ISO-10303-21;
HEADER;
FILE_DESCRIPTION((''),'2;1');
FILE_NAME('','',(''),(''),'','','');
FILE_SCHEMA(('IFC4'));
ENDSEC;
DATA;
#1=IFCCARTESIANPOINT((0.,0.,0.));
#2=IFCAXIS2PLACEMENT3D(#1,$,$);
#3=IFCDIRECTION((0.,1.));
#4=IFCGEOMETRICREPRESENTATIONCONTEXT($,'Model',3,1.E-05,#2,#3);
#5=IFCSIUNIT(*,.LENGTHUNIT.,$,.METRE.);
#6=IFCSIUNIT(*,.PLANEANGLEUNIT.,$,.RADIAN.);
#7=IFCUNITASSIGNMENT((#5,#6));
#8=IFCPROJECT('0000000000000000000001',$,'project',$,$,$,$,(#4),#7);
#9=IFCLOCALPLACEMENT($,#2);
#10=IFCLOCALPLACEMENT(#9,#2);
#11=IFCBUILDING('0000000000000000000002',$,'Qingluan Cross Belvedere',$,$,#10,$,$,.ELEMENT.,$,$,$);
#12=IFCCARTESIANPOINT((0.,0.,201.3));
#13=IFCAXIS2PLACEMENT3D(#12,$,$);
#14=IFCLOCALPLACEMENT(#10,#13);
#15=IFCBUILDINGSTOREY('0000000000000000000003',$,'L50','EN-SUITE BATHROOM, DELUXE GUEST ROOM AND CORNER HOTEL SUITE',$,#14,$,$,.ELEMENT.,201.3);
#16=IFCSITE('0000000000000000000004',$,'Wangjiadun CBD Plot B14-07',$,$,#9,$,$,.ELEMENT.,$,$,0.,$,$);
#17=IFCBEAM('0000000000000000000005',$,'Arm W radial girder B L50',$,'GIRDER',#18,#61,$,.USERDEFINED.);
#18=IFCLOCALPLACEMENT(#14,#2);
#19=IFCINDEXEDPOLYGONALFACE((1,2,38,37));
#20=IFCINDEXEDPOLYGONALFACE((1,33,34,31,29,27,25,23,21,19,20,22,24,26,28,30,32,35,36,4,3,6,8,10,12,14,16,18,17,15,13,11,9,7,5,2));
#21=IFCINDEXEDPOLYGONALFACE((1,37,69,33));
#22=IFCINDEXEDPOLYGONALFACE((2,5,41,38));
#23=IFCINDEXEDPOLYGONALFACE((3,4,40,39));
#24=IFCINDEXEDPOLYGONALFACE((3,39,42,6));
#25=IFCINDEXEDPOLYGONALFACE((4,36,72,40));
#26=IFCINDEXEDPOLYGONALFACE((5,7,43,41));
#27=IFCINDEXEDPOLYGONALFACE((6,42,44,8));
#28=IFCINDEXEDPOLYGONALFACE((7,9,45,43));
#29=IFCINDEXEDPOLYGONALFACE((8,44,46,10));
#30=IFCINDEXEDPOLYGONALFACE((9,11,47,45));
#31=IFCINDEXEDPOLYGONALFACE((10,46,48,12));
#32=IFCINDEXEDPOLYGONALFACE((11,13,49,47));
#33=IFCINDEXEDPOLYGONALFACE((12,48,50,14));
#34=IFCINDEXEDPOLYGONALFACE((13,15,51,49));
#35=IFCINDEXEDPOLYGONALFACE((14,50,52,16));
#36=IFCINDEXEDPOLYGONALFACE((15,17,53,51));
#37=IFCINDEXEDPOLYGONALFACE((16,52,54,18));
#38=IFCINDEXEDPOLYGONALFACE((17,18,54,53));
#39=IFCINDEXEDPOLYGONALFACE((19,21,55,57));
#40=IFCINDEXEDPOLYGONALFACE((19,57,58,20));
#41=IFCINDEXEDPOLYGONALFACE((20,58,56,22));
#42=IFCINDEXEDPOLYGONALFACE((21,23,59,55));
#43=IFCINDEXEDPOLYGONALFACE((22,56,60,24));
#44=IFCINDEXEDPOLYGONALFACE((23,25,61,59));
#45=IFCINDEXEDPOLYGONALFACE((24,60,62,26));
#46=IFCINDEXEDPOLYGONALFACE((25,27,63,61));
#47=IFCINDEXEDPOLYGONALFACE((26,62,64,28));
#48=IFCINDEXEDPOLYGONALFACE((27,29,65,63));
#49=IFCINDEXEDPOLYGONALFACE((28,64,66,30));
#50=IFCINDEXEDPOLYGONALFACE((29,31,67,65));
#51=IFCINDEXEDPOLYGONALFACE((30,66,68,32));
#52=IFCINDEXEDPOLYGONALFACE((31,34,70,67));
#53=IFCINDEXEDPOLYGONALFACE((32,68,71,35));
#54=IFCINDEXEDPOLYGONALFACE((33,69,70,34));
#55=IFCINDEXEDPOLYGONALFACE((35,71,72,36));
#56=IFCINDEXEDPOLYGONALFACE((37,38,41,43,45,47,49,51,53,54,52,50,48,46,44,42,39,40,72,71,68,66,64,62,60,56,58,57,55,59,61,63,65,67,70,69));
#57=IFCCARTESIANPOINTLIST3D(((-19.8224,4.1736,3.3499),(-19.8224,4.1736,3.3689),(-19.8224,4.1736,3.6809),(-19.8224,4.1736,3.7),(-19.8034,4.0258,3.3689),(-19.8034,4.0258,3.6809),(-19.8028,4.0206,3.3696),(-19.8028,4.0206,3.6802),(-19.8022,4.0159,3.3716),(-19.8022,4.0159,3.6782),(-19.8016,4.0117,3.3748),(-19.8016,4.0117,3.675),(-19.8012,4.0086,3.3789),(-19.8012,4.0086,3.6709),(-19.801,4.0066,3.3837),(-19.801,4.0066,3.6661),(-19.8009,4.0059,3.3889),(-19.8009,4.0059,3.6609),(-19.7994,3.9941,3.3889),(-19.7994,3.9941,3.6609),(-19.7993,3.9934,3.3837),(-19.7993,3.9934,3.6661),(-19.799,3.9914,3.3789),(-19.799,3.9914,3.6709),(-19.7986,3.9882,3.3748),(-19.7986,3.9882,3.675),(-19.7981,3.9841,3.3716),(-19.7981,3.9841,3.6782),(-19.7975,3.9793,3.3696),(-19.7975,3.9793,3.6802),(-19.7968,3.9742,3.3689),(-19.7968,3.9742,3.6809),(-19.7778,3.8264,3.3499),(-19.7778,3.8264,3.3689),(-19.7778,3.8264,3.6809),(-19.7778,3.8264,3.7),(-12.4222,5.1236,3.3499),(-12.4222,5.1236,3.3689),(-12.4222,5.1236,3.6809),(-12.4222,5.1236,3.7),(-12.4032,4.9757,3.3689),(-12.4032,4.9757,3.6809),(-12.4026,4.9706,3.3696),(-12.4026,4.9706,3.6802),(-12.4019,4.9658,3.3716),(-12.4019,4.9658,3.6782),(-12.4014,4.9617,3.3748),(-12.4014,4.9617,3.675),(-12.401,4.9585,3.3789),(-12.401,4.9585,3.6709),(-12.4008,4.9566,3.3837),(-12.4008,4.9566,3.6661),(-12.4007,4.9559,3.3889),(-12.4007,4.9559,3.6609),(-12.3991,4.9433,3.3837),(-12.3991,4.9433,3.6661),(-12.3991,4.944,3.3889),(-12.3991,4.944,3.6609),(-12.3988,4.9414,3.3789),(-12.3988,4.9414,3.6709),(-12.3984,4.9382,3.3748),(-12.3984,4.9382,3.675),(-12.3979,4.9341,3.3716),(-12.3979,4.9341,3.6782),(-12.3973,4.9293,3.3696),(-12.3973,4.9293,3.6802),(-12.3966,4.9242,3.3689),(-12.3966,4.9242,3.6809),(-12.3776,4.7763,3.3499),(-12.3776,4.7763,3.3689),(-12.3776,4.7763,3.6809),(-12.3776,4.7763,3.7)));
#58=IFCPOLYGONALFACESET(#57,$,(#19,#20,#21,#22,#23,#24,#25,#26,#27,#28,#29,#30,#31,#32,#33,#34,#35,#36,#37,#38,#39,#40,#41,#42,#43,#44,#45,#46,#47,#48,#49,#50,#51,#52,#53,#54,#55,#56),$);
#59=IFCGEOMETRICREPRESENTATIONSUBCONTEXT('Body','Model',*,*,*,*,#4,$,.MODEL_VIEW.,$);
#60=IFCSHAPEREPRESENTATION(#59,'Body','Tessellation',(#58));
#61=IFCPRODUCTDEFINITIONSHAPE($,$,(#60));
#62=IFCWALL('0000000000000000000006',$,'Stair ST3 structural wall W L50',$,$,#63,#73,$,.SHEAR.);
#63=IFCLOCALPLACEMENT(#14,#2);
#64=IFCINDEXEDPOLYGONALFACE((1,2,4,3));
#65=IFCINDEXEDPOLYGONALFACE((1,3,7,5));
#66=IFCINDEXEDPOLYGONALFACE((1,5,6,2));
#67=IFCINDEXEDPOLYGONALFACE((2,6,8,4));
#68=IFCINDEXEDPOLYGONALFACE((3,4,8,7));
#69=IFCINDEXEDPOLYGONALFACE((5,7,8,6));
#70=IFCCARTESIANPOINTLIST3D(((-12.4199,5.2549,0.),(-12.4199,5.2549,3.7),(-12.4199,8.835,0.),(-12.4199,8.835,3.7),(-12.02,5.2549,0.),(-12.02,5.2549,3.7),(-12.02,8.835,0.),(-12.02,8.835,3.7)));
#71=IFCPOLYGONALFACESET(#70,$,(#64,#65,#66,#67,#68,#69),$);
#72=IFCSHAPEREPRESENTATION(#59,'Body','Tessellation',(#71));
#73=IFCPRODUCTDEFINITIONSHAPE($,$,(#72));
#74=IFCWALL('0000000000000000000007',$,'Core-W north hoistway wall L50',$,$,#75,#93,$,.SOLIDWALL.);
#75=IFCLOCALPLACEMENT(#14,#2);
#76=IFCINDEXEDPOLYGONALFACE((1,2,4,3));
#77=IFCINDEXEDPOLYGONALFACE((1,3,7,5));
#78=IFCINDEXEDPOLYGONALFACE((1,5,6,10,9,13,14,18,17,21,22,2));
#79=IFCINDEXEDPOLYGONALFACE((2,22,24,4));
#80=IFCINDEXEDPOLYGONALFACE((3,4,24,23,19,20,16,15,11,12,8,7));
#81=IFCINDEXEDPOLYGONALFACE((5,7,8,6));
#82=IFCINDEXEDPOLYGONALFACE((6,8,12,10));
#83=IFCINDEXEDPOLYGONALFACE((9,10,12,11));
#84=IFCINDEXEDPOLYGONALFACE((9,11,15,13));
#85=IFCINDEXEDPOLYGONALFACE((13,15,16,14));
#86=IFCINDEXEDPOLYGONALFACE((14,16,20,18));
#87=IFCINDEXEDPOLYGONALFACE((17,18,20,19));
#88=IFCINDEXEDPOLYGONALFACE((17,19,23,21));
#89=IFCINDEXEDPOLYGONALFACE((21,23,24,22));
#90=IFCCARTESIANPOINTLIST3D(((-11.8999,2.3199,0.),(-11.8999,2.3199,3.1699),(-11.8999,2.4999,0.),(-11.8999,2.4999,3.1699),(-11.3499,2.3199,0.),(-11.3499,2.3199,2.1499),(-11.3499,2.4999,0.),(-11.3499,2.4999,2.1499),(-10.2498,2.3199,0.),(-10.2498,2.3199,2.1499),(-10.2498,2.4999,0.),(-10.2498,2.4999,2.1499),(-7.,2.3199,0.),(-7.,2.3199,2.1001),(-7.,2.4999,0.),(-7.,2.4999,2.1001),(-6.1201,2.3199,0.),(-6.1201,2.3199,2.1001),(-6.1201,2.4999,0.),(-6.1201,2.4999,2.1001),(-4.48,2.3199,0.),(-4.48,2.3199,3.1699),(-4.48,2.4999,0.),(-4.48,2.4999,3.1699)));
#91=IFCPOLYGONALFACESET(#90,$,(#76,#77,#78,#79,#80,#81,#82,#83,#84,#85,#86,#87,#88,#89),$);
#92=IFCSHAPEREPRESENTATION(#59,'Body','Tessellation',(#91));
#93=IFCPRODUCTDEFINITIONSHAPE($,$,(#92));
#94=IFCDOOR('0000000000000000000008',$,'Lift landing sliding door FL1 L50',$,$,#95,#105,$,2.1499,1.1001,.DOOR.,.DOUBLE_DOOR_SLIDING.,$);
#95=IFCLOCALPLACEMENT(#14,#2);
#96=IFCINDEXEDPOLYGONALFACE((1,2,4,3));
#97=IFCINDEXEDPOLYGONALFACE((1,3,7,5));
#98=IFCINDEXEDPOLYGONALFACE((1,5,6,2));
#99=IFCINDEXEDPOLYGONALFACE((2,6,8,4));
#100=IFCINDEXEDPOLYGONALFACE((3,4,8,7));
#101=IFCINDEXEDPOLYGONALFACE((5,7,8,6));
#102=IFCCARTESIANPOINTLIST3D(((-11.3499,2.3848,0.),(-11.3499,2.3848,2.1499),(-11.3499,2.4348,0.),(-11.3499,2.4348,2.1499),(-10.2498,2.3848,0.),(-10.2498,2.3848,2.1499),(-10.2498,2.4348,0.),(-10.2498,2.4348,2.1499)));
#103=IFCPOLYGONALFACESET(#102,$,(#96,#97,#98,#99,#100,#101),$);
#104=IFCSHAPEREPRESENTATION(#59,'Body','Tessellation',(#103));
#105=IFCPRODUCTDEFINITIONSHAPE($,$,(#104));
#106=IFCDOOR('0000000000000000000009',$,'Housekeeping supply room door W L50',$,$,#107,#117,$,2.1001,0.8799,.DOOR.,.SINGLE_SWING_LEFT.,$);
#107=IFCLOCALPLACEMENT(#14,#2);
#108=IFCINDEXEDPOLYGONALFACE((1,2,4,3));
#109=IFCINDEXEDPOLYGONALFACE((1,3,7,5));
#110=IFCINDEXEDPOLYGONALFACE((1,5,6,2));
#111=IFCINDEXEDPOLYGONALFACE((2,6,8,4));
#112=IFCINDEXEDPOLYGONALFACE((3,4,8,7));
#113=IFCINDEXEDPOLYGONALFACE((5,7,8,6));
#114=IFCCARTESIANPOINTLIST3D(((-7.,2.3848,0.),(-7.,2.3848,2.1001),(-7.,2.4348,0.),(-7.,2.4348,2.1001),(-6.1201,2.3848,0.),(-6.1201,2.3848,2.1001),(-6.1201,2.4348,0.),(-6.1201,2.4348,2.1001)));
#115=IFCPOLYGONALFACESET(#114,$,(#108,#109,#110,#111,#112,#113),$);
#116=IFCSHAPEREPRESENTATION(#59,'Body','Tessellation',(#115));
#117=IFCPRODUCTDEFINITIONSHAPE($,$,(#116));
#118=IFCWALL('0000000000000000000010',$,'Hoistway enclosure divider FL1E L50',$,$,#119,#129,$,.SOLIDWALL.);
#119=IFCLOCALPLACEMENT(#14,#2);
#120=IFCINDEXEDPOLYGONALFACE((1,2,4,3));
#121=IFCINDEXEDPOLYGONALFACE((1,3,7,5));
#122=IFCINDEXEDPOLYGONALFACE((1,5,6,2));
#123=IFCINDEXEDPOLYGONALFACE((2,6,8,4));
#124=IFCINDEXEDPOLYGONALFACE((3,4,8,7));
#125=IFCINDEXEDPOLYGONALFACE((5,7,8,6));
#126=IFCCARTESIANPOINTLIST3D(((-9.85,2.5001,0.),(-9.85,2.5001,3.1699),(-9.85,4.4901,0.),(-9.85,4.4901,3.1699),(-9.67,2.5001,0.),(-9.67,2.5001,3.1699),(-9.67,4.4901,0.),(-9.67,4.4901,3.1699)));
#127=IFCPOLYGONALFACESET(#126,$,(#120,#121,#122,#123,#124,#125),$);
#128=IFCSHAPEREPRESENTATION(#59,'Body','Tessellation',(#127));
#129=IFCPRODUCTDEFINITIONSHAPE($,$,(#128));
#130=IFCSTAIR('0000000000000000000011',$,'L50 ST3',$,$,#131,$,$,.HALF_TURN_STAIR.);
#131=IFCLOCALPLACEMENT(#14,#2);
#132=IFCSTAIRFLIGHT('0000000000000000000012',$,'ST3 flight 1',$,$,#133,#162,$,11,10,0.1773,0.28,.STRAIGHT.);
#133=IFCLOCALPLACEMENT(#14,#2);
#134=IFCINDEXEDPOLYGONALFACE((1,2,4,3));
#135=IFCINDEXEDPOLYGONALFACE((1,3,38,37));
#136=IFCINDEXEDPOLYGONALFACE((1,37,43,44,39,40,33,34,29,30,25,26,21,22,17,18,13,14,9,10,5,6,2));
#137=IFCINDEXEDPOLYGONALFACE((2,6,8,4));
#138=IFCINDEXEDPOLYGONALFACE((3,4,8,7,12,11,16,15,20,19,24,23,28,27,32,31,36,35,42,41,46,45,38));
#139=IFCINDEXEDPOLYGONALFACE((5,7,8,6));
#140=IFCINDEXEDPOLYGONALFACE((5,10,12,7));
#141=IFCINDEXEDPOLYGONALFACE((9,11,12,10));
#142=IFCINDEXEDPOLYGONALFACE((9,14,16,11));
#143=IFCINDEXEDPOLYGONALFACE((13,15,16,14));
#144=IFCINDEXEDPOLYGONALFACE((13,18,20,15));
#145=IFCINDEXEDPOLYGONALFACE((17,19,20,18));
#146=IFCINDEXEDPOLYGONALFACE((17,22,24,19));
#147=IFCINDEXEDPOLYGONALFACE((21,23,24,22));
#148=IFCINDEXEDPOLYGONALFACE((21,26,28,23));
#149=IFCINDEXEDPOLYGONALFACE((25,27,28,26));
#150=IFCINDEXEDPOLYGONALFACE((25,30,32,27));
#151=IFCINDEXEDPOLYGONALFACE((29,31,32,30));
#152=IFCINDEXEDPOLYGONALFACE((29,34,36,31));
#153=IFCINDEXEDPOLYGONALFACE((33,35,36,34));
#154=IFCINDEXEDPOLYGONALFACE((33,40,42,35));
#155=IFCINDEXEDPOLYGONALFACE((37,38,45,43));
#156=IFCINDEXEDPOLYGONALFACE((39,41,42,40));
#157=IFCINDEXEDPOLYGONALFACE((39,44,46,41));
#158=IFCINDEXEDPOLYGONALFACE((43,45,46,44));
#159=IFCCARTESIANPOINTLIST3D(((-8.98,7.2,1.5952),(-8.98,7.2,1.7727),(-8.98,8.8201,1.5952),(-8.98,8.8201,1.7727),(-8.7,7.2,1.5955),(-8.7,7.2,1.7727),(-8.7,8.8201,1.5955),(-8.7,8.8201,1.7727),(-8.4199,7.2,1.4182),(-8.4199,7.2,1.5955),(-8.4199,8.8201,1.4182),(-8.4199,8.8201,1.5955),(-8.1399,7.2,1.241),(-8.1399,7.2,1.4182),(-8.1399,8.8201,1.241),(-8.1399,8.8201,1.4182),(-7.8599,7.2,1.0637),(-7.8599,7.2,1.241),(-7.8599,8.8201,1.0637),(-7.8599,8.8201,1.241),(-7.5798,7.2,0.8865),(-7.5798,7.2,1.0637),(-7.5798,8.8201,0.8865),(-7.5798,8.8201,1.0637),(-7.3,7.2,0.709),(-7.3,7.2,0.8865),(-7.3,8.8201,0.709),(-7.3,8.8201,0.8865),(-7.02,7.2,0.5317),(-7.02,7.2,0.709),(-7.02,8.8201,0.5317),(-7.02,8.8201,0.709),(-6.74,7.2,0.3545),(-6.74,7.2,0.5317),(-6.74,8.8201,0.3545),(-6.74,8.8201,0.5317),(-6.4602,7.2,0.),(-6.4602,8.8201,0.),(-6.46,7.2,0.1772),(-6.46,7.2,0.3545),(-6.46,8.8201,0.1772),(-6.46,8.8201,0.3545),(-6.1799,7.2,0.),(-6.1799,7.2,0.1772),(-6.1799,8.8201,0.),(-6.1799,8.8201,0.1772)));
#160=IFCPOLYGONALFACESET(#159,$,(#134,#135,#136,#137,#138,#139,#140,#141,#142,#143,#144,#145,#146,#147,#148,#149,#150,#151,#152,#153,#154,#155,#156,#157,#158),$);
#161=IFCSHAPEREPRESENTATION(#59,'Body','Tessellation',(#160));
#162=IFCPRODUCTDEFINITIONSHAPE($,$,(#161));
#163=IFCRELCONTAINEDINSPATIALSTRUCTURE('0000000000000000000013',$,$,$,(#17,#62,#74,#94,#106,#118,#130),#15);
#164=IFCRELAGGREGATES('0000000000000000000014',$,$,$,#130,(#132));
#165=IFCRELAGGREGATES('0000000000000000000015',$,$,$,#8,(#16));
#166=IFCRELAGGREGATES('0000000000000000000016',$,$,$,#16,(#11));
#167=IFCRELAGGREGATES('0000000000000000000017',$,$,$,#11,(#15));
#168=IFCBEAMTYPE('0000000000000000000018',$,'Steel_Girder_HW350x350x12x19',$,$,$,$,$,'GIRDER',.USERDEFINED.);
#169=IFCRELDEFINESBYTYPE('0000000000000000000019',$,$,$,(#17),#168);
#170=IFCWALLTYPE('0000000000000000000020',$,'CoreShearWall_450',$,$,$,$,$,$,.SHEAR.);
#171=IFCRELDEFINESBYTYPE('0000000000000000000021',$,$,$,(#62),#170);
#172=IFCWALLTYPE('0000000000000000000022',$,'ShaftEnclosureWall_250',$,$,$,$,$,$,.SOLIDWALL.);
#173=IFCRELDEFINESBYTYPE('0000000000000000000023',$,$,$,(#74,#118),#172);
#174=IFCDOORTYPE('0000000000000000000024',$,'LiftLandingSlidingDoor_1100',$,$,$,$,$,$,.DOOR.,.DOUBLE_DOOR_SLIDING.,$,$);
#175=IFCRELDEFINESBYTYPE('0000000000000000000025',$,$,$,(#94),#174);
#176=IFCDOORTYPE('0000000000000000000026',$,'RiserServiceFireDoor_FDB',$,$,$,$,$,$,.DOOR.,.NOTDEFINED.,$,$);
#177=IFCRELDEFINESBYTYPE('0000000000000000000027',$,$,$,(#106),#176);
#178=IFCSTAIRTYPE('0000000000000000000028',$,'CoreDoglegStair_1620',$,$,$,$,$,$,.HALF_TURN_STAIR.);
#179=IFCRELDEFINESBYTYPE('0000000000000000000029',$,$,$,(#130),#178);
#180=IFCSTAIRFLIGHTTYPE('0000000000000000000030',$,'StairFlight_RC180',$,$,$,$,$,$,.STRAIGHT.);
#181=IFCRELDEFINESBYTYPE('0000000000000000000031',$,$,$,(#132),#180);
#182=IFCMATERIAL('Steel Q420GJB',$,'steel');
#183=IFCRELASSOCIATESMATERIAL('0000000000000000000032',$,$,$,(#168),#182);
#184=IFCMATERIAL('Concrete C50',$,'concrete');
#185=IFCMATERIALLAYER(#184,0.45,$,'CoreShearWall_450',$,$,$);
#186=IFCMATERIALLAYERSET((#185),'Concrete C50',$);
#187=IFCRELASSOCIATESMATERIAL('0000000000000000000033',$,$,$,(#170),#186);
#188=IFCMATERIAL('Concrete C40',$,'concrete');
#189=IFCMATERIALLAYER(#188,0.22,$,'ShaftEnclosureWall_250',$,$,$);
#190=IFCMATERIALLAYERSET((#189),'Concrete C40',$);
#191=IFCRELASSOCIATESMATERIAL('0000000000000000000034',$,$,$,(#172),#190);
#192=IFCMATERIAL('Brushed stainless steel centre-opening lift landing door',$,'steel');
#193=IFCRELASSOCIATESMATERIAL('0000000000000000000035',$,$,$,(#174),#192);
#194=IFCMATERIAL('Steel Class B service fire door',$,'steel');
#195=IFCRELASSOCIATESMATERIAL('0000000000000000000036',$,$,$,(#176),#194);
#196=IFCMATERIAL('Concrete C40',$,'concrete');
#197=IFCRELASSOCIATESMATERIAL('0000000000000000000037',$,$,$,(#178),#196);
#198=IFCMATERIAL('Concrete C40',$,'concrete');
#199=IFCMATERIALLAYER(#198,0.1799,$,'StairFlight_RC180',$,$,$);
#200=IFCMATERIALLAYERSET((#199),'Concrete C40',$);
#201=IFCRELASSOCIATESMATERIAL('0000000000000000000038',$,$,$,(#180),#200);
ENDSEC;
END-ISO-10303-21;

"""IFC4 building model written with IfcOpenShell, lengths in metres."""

from ifc_helpers import new_model, si_unit, direction, frame, frame_2d, origin, origin_2d, place, context, subcontext, project, spatial, polyline, rectangle, i_section, outline, extrude, material, layer, layer_set, material_profile, profile_set, type_object, element, fill, aggregate, save


model = new_model("IFC4")

# Units and contexts
model_context = context("Model", 3, precision=1e-05, world=origin(), true_north=direction((0.0, 1.0)))
body_context = subcontext(model_context, "Body", "Model", "MODEL_VIEW")
ifc_project = project(units=[si_unit("LENGTHUNIT", "METRE"), si_unit("PLANEANGLEUNIT", "RADIAN")], contexts=[model_context])

# Site, building, storey
site_placement = place(None, origin())
site = spatial("IfcSite", under=ifc_project, at=site_placement, Name="Wangjiadun CBD Plot B14-07", CompositionType="ELEMENT", RefElevation=0.0)
building_placement = place(site_placement, origin())
building = spatial("IfcBuilding", under=site, at=building_placement, Name="Qingluan Cross Belvedere", CompositionType="ELEMENT")
storey_placement = place(building_placement, frame((0.0, 0.0, 201.3)))
storey = spatial("IfcBuildingStorey", under=building, at=storey_placement, Name="L50", Description="EN-SUITE BATHROOM, DELUXE GUEST ROOM AND CORNER HOTEL SUITE", CompositionType="ELEMENT", Elevation=201.3)

# Beam
ifc_material_1 = material(Name="Steel Q420GJB", Category="steel")
ifc_material_profile_1 = material_profile(ifc_material_1, i_section(OverallWidth=0.3501, OverallDepth=0.3501, WebThickness=0.012, FlangeThickness=0.019, FilletRadius=0.02, at=origin_2d()), Name="HW350x350x12x19")
ifc_profile_set_1 = profile_set([ifc_material_profile_1], Name="Steel Q420GJB")
beam_type_1 = type_object("IfcBeamType", Name="Steel_Girder_HW350x350x12x19", ElementType="GIRDER", PredefinedType="USERDEFINED", material=ifc_profile_set_1)
beam_1_placement = place(storey_placement, frame((-12.3999, 4.95, 3.5249), z_axis=(-0.991861, -0.127324, 0.0), x_axis=(0.127324, -0.991861, 0.0)))
element("IfcBeam", 1, at=beam_1_placement, inside=storey, type_object=beam_type_1, Name="Arm W radial girder B L50", ObjectType="GIRDER", PredefinedType="USERDEFINED", context=body_context, shape_type="SweptSolid", body=[
    extrude(i_section(OverallWidth=0.3501, OverallDepth=0.3501, WebThickness=0.012, FlangeThickness=0.019, FilletRadius=0.02, at=origin_2d()), origin(), (0.0, 0.0, 1.0), 7.4609),
])

# Wall
ifc_material_2 = material(Name="Concrete C50", Category="concrete")
ifc_layer_1 = layer(ifc_material_2, 0.45, Name="CoreShearWall_450")
ifc_layer_set_1 = layer_set([ifc_layer_1], Name="Concrete C50")
wall_type_1 = type_object("IfcWallType", Name="CoreShearWall_450", PredefinedType="SHEAR", material=ifc_layer_set_1)
wall_1_placement = place(storey_placement, frame((-12.22, 5.2549, 0.0), z_axis=(0.0, 0.0, 1.0), x_axis=(0.0, 1.0, 0.0)))
element("IfcWall", 2, at=wall_1_placement, inside=storey, type_object=wall_type_1, Name="Stair ST3 structural wall W L50", PredefinedType="SHEAR", context=body_context, shape_type="SweptSolid", body=[
    extrude(rectangle(XDim=3.5801, YDim=0.3999, at=frame_2d((1.79, 0.0))), origin(), (0.0, 0.0, 1.0), 3.7),
])

# Wall, openings, doors
ifc_material_3 = material(Name="Concrete C40", Category="concrete")
ifc_layer_2 = layer(ifc_material_3, 0.22, Name="ShaftEnclosureWall_250")
ifc_layer_set_2 = layer_set([ifc_layer_2], Name="Concrete C40")
wall_type_2 = type_object("IfcWallType", Name="ShaftEnclosureWall_250", PredefinedType="SOLIDWALL", material=ifc_layer_set_2)
wall_2_placement = place(storey_placement, frame((-11.8999, 2.4099, 0.0), z_axis=(0.0, 0.0, 1.0), x_axis=(1.0, 0.0, 0.0)))
wall_2 = element("IfcWall", 3, at=wall_2_placement, inside=storey, type_object=wall_type_2, Name="Core-W north hoistway wall L50", PredefinedType="SOLIDWALL", context=body_context, shape_type="SweptSolid", body=[
    extrude(rectangle(XDim=7.4199, YDim=0.1799, at=frame_2d((3.71, 0.0))), origin(), (0.0, 0.0, 1.0), 3.1699),
])
opening_1_placement = place(wall_2_placement, frame((0.55, 0.0, 0.0)))
opening_1 = element("IfcOpeningElement", 4, at=opening_1_placement, cuts=wall_2, PredefinedType="OPENING", context=body_context, shape_type="SweptSolid", body=[
    extrude(rectangle(XDim=1.1001, YDim=2.1499, at=frame_2d((0.55, 1.075))), frame((0.0, 0.0999, 0.0), z_axis=(0.0, -1.0, 0.0), x_axis=(1.0, 0.0, 0.0)), (0.0, 0.0, 1.0), 0.2),
])
opening_2_placement = place(wall_2_placement, frame((4.8999, 0.0, 0.0)))
opening_2 = element("IfcOpeningElement", 5, at=opening_2_placement, cuts=wall_2, PredefinedType="OPENING", context=body_context, shape_type="SweptSolid", body=[
    extrude(rectangle(XDim=0.8799, YDim=2.1001, at=frame_2d((0.4399, 1.05))), frame((0.0, 0.0999, 0.0), z_axis=(0.0, -1.0, 0.0), x_axis=(1.0, 0.0, 0.0)), (0.0, 0.0, 1.0), 0.2),
])
ifc_material_4 = material(Name="Brushed stainless steel centre-opening lift landing door", Category="steel")
door_type_1 = type_object("IfcDoorType", Name="LiftLandingSlidingDoor_1100", OperationType="DOUBLE_DOOR_SLIDING", PredefinedType="DOOR", material=ifc_material_4)
door_1_placement = place(opening_1_placement, origin())
door_1 = element("IfcDoor", 6, at=door_1_placement, inside=storey, type_object=door_type_1, Name="Lift landing sliding door FL1 L50", OperationType="DOUBLE_DOOR_SLIDING", OverallHeight=2.1499, OverallWidth=1.1001, PredefinedType="DOOR", context=body_context, shape_type="SweptSolid", body=[
    extrude(rectangle(XDim=1.1001, YDim=2.1499, at=frame_2d((0.55, 1.075))), frame((0.0, 0.0249, 0.0), z_axis=(0.0, -1.0, 0.0), x_axis=(1.0, 0.0, 0.0)), (0.0, 0.0, 1.0), 0.05),
])
fill(opening_1, door_1)
ifc_material_5 = material(Name="Steel Class B service fire door", Category="steel")
door_type_2 = type_object("IfcDoorType", Name="RiserServiceFireDoor_FDB", OperationType="NOTDEFINED", PredefinedType="DOOR", material=ifc_material_5)
door_2_placement = place(opening_2_placement, origin())
door_2 = element("IfcDoor", 7, at=door_2_placement, inside=storey, type_object=door_type_2, Name="Housekeeping supply room door W L50", OperationType="SINGLE_SWING_LEFT", OverallHeight=2.1001, OverallWidth=0.8799, PredefinedType="DOOR", context=body_context, shape_type="SweptSolid", body=[
    extrude(rectangle(XDim=0.8799, YDim=2.1001, at=frame_2d((0.4399, 1.05))), frame((0.0, 0.0249, 0.0), z_axis=(0.0, -1.0, 0.0), x_axis=(1.0, 0.0, 0.0)), (0.0, 0.0, 1.0), 0.05),
])
fill(opening_2, door_2)

# Wall
wall_3_placement = place(storey_placement, frame((-9.76, 2.5, 0.0), z_axis=(0.0, 0.0, 1.0), x_axis=(0.0, 1.0, 0.0)))
element("IfcWall", 8, at=wall_3_placement, inside=storey, type_object=wall_type_2, Name="Hoistway enclosure divider FL1E L50", PredefinedType="SOLIDWALL", context=body_context, shape_type="SweptSolid", body=[
    extrude(rectangle(XDim=1.99, YDim=0.1799, at=frame_2d((0.9951, 0.0))), origin(), (0.0, 0.0, 1.0), 3.1699),
])

# Stair, stair flight
ifc_material_6 = material(Name="Concrete C40", Category="concrete")
stair_type = type_object("IfcStairType", Name="CoreDoglegStair_1620", PredefinedType="HALF_TURN_STAIR", material=ifc_material_6)
stair_placement = place(storey_placement, origin())
stair = element("IfcStair", 9, at=stair_placement, inside=storey, type_object=stair_type, Name="L50 ST3", PredefinedType="HALF_TURN_STAIR")
ifc_material_7 = material(Name="Concrete C40", Category="concrete")
ifc_layer_3 = layer(ifc_material_7, 0.1799, Name="StairFlight_RC180")
ifc_layer_set_3 = layer_set([ifc_layer_3], Name="Concrete C40")
stair_flight_type = type_object("IfcStairFlightType", Name="StairFlight_RC180", PredefinedType="STRAIGHT", material=ifc_layer_set_3)
stair_flight_1_placement = place(storey_placement, frame((-6.1799, 8.01, 0.0), z_axis=(0.0, 0.0, 1.0), x_axis=(-1.0, 0.0, 0.0)))
stair_flight_1 = element("IfcStairFlight", 10, at=stair_flight_1_placement, type_object=stair_flight_type, Name="ST3 flight 1", NumberOfRisers=11, NumberOfTreads=10, PredefinedType="STRAIGHT", RiserHeight=0.1773, TreadLength=0.28, context=body_context, shape_type="SweptSolid", body=[
    extrude(outline(polyline([(0.0, 0.0), (0.0, 0.1772), (0.28, 0.1772), (0.28, 0.3545), (0.5601, 0.3545), (0.5601, 0.5317), (0.8401, 0.5317), (0.8401, 0.709), (1.1201, 0.709), (1.1201, 0.8865), (1.3999, 0.8865), (1.3999, 1.0637), (1.6799, 1.0637), (1.6799, 1.241), (1.96, 1.241), (1.96, 1.4182), (2.24, 1.4182), (2.24, 1.5955), (2.52, 1.5955), (2.52, 1.7727), (2.8, 1.7727), (2.8, 1.95), (2.8, 1.5952), (0.2803, 0.0), (0.0, 0.0)])), frame((0.0, 0.8101, 0.0), z_axis=(0.0, -1.0, 0.0), x_axis=(1.0, 0.0, 0.0)), (0.0, 0.0, 1.0), 1.6201),
])
aggregate(stair, [stair_flight_1])

save(model, "model.ifc")
